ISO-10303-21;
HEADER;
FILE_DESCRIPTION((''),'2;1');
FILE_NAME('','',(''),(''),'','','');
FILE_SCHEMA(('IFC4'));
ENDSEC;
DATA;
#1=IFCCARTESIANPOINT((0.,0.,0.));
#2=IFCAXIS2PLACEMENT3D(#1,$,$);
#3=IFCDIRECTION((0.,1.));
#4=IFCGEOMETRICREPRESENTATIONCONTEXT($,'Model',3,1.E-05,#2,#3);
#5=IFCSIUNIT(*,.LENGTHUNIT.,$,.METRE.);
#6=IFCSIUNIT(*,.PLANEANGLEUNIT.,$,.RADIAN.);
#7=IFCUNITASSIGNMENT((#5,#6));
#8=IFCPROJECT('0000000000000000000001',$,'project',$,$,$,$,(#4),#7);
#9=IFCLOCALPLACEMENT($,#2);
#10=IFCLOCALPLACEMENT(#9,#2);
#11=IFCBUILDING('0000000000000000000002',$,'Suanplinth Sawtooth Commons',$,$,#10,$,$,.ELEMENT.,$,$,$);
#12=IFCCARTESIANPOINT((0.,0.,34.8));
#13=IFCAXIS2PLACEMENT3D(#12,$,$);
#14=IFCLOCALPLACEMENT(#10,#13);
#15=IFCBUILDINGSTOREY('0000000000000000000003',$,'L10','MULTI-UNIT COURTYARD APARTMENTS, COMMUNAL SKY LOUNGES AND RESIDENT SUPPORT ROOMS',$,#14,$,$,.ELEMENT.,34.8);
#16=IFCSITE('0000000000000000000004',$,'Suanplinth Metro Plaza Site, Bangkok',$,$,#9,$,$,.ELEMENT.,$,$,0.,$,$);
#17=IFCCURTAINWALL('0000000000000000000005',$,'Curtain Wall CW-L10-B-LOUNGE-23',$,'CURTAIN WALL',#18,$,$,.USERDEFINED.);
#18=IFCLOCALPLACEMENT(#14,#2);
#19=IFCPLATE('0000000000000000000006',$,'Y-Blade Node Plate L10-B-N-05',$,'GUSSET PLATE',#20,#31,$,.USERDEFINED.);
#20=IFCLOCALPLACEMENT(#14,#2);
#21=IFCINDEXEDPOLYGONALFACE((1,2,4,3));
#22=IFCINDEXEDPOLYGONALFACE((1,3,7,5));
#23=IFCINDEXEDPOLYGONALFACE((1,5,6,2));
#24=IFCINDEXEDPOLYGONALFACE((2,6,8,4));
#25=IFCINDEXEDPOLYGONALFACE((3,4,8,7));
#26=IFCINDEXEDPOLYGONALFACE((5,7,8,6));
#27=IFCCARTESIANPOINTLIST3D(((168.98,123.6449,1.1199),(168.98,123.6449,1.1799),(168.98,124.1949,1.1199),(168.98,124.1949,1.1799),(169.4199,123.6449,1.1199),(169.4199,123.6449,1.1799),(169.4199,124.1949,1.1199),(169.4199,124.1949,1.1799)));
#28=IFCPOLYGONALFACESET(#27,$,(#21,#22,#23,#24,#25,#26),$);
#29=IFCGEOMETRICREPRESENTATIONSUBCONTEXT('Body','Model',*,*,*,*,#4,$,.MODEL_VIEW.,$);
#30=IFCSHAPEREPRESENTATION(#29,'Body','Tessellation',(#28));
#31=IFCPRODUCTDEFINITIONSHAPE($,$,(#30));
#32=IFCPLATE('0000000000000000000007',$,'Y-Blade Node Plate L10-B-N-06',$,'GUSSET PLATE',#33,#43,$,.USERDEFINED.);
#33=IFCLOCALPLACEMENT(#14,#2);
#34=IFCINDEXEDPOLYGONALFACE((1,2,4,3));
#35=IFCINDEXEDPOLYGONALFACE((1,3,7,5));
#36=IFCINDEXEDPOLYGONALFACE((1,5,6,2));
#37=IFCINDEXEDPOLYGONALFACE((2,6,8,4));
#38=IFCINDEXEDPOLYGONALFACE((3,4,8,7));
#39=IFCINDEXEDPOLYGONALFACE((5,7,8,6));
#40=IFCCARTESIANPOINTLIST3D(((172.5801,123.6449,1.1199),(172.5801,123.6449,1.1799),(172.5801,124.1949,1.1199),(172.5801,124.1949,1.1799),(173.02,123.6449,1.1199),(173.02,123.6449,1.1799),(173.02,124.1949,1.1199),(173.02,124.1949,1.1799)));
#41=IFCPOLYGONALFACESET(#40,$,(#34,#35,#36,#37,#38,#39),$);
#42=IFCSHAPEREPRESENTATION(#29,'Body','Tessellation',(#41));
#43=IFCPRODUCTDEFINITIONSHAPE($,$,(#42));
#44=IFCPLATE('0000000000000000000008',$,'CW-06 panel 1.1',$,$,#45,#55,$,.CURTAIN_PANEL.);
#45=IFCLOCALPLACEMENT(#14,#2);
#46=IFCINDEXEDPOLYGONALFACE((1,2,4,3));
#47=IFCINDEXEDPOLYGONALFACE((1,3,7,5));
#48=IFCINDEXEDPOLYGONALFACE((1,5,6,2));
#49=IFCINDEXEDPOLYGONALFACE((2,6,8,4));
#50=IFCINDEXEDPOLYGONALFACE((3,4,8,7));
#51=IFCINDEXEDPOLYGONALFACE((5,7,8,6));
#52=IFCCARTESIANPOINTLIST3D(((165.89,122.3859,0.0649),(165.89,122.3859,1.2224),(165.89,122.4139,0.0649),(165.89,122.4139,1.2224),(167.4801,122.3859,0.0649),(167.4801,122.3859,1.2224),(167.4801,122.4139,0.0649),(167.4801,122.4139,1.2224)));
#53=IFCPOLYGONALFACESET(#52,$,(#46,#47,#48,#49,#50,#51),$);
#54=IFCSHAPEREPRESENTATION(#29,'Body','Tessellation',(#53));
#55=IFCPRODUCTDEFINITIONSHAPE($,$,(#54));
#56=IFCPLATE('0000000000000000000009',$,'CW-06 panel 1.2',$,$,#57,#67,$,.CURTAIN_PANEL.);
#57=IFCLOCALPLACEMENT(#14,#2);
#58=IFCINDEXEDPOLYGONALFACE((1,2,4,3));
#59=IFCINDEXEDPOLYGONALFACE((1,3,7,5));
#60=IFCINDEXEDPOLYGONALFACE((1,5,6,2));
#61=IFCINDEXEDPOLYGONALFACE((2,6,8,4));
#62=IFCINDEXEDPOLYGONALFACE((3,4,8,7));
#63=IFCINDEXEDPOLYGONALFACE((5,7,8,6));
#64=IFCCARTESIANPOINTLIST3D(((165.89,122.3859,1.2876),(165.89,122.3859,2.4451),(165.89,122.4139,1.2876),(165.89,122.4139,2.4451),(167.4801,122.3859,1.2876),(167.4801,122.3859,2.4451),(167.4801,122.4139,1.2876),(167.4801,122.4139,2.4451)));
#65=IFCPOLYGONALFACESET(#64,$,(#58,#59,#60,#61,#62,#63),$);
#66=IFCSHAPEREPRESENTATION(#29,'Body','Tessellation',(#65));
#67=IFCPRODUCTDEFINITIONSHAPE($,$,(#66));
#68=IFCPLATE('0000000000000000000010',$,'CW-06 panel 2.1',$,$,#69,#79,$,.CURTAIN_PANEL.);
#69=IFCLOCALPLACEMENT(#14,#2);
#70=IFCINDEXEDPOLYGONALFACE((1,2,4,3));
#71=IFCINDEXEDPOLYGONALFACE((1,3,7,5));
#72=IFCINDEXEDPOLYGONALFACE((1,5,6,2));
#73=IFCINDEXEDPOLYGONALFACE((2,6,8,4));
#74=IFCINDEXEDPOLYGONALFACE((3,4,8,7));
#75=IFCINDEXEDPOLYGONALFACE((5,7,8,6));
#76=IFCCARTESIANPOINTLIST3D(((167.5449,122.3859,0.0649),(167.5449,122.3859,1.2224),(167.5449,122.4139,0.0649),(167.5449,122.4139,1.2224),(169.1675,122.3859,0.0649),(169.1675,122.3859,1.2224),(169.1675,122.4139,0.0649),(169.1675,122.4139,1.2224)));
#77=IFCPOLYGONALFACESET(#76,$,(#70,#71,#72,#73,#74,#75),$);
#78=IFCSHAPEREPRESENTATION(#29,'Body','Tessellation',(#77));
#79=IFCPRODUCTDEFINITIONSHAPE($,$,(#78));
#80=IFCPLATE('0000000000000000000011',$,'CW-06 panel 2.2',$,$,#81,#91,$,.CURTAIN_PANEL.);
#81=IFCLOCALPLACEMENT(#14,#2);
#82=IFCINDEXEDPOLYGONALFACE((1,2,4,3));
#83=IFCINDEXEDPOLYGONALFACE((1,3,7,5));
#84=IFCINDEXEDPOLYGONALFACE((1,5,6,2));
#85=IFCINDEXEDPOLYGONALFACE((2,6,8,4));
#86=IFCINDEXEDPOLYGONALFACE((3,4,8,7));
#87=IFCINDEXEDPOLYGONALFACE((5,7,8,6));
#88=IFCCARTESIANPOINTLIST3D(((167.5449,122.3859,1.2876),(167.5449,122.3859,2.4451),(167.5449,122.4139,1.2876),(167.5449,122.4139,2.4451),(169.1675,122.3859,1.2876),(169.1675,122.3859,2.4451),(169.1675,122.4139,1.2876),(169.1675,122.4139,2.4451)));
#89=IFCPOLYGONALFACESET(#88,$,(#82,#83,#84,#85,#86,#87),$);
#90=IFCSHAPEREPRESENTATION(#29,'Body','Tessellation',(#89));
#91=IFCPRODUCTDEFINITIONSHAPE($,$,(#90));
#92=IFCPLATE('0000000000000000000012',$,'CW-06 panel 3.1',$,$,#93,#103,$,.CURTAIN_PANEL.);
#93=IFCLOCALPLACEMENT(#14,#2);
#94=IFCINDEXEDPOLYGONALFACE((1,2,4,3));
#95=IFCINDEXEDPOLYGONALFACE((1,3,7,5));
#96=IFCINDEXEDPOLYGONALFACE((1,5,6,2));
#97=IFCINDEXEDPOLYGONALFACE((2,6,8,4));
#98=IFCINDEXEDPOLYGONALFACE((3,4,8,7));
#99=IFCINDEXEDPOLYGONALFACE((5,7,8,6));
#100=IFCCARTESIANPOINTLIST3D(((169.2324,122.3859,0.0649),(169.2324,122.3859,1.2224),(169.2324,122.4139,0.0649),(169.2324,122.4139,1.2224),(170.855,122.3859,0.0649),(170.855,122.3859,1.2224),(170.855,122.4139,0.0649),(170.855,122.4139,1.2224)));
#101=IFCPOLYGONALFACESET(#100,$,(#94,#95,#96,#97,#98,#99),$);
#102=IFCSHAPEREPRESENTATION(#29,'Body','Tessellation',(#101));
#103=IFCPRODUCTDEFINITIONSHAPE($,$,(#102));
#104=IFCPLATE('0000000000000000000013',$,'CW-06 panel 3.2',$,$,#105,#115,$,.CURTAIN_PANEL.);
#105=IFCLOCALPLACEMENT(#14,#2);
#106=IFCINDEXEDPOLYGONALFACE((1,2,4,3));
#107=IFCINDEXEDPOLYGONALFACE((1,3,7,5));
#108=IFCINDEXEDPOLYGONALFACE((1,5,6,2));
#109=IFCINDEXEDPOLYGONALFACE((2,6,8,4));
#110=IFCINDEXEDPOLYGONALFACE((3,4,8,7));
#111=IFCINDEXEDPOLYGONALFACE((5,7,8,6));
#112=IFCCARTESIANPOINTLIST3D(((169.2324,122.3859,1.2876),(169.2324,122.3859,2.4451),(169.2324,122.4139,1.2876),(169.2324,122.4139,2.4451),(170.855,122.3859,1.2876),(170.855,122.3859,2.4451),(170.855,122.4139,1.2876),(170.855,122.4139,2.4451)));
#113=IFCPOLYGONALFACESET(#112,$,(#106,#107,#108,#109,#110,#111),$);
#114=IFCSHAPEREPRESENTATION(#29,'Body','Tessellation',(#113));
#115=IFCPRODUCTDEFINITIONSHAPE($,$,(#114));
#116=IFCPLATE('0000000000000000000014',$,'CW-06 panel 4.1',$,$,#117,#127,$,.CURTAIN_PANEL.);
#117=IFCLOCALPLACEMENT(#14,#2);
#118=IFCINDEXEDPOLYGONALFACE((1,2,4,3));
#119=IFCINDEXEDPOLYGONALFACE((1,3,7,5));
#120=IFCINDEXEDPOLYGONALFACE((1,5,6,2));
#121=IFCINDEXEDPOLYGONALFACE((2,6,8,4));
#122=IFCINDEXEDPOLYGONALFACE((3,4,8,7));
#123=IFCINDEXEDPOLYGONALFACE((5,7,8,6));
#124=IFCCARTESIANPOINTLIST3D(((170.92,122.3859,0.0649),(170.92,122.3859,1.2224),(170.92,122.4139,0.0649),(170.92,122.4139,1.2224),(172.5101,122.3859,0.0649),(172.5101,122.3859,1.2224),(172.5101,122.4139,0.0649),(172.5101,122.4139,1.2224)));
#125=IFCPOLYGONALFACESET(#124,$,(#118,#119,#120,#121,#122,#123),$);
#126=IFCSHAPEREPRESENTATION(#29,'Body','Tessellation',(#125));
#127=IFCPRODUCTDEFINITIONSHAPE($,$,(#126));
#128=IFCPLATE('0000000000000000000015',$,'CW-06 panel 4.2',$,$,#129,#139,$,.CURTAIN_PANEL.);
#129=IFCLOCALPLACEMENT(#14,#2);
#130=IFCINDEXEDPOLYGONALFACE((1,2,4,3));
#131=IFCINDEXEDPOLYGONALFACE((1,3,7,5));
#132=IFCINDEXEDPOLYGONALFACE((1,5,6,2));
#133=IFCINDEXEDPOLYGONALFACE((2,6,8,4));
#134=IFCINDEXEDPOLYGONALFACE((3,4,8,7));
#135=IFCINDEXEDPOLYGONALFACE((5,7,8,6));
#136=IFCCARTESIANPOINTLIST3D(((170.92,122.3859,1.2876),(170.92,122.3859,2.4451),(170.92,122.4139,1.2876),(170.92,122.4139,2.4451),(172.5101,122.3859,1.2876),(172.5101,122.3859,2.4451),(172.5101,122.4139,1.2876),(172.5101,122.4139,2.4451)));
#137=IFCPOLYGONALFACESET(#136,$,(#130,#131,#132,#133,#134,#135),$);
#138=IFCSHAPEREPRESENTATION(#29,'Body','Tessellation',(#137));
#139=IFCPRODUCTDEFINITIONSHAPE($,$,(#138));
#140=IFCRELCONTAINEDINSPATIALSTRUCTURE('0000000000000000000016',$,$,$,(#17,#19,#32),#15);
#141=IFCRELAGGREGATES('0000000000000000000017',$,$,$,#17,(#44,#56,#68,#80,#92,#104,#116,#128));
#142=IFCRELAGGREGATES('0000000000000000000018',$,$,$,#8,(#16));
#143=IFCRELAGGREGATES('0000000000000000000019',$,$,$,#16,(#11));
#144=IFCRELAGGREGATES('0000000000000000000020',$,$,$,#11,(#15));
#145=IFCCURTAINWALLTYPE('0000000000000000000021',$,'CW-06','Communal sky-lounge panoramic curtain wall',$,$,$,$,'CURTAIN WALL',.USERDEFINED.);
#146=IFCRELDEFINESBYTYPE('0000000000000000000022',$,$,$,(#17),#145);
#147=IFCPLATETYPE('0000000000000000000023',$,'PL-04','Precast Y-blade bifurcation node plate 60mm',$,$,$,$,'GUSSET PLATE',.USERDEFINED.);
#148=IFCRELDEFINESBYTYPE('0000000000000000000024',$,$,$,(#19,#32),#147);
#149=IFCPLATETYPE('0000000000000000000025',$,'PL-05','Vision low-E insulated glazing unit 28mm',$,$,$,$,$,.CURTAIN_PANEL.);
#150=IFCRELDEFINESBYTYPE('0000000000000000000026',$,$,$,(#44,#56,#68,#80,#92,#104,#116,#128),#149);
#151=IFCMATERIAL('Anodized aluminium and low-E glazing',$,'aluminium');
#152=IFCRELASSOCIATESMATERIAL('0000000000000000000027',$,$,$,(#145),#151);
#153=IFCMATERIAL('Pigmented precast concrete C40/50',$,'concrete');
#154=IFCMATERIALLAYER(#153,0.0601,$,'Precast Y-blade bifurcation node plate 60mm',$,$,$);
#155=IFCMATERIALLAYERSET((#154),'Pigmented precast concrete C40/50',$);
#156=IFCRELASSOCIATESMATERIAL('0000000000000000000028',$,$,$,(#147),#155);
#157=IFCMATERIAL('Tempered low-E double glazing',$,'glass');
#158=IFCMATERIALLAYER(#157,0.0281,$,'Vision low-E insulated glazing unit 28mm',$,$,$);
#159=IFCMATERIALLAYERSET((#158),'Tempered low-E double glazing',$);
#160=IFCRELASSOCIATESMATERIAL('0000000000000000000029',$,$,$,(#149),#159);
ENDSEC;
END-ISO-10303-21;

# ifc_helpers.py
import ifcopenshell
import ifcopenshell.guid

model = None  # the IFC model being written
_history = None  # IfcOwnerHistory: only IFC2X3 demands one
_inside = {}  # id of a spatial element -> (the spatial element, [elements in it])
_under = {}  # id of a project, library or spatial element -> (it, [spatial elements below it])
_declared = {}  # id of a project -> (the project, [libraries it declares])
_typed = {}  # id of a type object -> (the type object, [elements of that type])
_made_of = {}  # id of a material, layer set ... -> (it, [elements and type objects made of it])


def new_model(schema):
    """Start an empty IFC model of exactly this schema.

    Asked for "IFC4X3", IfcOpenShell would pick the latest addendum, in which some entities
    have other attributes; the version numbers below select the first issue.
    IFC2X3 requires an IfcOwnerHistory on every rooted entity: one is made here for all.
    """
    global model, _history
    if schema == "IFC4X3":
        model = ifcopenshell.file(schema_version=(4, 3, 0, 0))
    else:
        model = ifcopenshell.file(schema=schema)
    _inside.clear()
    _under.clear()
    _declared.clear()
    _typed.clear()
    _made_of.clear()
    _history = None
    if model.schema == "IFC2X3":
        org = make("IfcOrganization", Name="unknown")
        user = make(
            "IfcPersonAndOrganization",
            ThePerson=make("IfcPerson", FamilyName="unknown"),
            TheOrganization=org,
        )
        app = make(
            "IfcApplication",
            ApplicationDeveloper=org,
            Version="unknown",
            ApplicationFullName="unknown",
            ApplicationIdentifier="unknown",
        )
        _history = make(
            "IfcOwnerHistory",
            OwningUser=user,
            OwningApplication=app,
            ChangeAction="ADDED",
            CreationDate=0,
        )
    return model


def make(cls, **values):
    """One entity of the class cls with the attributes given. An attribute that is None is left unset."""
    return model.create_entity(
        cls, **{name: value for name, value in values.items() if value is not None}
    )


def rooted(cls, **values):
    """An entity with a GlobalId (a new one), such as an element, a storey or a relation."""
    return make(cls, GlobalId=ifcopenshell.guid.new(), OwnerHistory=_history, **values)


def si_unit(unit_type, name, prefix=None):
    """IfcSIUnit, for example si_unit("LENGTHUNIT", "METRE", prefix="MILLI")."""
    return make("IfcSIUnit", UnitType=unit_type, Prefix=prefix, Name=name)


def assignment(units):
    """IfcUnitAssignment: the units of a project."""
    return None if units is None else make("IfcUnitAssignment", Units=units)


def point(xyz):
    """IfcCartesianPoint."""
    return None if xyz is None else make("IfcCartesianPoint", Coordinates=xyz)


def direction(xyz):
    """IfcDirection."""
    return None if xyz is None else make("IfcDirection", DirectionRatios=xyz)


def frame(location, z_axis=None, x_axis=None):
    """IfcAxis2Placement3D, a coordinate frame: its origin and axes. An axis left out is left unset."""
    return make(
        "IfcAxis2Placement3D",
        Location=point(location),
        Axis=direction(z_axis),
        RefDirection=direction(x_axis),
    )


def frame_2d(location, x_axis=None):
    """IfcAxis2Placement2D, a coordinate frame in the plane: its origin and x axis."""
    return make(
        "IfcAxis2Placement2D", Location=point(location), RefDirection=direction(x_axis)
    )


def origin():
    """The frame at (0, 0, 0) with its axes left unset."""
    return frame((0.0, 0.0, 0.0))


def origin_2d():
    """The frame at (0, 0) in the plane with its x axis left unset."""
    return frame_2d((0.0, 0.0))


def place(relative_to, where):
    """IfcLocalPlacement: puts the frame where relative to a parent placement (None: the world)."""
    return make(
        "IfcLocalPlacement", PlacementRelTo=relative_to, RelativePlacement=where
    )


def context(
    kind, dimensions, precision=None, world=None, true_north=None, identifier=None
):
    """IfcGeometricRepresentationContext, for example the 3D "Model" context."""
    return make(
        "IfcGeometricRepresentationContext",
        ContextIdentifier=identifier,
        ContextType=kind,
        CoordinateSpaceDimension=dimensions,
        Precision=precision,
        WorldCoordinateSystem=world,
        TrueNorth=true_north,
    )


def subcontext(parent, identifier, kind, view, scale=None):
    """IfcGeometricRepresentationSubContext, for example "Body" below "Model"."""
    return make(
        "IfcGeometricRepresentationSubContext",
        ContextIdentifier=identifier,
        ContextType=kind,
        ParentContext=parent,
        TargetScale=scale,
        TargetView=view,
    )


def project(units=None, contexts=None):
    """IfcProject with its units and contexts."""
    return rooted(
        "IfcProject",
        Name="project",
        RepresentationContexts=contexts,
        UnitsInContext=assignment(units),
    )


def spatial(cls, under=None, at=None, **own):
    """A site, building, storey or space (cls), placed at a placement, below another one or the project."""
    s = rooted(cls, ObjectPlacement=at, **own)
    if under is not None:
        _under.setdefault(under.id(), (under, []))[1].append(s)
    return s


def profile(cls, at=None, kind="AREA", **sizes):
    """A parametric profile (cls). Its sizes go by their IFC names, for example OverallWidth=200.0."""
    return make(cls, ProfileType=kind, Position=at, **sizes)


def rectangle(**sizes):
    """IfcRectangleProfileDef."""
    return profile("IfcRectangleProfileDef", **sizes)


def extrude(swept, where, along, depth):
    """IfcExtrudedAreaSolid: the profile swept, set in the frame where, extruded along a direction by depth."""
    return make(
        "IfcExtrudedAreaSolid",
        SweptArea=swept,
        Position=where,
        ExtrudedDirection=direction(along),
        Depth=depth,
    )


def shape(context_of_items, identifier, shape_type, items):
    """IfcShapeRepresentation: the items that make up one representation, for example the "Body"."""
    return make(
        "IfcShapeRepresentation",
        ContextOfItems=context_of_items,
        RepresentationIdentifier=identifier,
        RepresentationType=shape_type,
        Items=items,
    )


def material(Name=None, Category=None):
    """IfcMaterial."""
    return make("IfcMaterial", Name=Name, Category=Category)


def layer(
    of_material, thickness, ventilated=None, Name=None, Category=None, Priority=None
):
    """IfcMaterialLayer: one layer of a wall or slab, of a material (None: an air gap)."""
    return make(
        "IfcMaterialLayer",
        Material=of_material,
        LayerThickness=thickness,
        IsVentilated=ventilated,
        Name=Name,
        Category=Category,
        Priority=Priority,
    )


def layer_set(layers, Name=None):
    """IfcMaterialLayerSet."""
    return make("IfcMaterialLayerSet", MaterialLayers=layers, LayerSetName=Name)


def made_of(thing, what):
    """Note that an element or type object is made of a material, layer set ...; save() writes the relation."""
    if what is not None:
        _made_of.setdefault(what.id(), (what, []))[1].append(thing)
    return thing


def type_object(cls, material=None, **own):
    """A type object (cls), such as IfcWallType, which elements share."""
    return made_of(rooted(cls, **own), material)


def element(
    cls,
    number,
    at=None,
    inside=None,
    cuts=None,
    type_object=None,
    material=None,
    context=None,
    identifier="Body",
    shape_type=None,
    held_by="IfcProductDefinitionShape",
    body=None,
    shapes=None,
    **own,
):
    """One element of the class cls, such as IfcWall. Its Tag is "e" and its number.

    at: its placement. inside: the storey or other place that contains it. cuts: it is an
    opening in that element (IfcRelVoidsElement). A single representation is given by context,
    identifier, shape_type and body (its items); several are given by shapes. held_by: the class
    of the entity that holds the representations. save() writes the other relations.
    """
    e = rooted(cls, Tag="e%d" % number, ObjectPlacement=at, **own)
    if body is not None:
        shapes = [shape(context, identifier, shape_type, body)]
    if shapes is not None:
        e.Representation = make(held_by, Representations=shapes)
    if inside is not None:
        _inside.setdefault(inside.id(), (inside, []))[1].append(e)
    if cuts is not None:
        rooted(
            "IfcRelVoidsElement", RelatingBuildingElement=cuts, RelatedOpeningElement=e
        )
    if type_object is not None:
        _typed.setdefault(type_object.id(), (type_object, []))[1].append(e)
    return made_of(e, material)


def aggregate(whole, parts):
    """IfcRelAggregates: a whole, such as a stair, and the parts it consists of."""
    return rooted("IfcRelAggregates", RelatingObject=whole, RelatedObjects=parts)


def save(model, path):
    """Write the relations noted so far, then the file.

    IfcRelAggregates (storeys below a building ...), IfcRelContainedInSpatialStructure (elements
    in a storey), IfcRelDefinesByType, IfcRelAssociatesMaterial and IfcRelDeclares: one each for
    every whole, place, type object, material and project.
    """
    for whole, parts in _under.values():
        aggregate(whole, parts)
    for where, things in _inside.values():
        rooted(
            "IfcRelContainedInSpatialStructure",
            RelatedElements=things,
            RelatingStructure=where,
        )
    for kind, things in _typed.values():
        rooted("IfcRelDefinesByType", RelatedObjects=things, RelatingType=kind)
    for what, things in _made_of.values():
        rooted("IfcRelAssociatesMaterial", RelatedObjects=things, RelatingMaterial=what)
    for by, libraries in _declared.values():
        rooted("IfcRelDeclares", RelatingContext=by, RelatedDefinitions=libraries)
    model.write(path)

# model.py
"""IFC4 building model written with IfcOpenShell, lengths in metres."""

from ifc_helpers import new_model, si_unit, direction, frame, origin, origin_2d, place, context, subcontext, project, spatial, rectangle, extrude, material, layer, layer_set, type_object, element, aggregate, save


model = new_model("IFC4")

# Units and contexts
model_context = context("Model", 3, precision=1e-05, world=origin(), true_north=direction((0.0, 1.0)))
body_context = subcontext(model_context, "Body", "Model", "MODEL_VIEW")
ifc_project = project(units=[si_unit("LENGTHUNIT", "METRE"), si_unit("PLANEANGLEUNIT", "RADIAN")], contexts=[model_context])

# Site, building, storey
site_placement = place(None, origin())
site = spatial("IfcSite", under=ifc_project, at=site_placement, Name="Suanplinth Metro Plaza Site, Bangkok", CompositionType="ELEMENT", RefElevation=0.0)
building_placement = place(site_placement, origin())
building = spatial("IfcBuilding", under=site, at=building_placement, Name="Suanplinth Sawtooth Commons", CompositionType="ELEMENT")
storey_placement = place(building_placement, frame((0.0, 0.0, 34.8)))
storey = spatial("IfcBuildingStorey", under=building, at=storey_placement, Name="L10", Description="MULTI-UNIT COURTYARD APARTMENTS, COMMUNAL SKY LOUNGES AND RESIDENT SUPPORT ROOMS", CompositionType="ELEMENT", Elevation=34.8)

# Shared definitions
ifc_material_1 = material(Name="Pigmented precast concrete C40/50", Category="concrete")

# Curtain wall
ifc_material_2 = material(Name="Anodized aluminium and low-E glazing", Category="aluminium")
curtain_wall_type = type_object("IfcCurtainWallType", Name="CW-06", Description="Communal sky-lounge panoramic curtain wall", ElementType="CURTAIN WALL", PredefinedType="USERDEFINED", material=ifc_material_2)
curtain_wall_placement = place(storey_placement, origin())
curtain_wall = element("IfcCurtainWall", 1, at=curtain_wall_placement, inside=storey, type_object=curtain_wall_type, Name="Curtain Wall CW-L10-B-LOUNGE-23", ObjectType="CURTAIN WALL", PredefinedType="USERDEFINED")

# Plates
ifc_layer_1 = layer(ifc_material_1, 0.0601, Name="Precast Y-blade bifurcation node plate 60mm")
ifc_layer_set_1 = layer_set([ifc_layer_1], Name="Pigmented precast concrete C40/50")
plate_type_1 = type_object("IfcPlateType", Name="PL-04", Description="Precast Y-blade bifurcation node plate 60mm", ElementType="GUSSET PLATE", PredefinedType="USERDEFINED", material=ifc_layer_set_1)
for number, where, z_axis, x_axis, name in (
    (2, (169.2, 123.9199, 1.1199), (0.0, 0.0, 1.0), (1.0, 0.0, 0.0), "Y-Blade Node Plate L10-B-N-05"),
    (3, (172.8, 123.9199, 1.1199), (0.0, 0.0, 1.0), (1.0, 0.0, 0.0), "Y-Blade Node Plate L10-B-N-06"),
):
    element("IfcPlate", number, at=place(storey_placement, frame(where, z_axis=z_axis, x_axis=x_axis)), inside=storey, type_object=plate_type_1, Name=name, ObjectType="GUSSET PLATE", PredefinedType="USERDEFINED", context=body_context, shape_type="SweptSolid", body=[
        extrude(rectangle(XDim=0.4399, YDim=0.55, at=origin_2d()), origin(), (0.0, 0.0, 1.0), 0.0601),
    ])

# Plates
ifc_material_3 = material(Name="Tempered low-E double glazing", Category="glass")
ifc_layer_2 = layer(ifc_material_3, 0.0281, Name="Vision low-E insulated glazing unit 28mm")
ifc_layer_set_2 = layer_set([ifc_layer_2], Name="Tempered low-E double glazing")
plate_type_2 = type_object("IfcPlateType", Name="PL-05", Description="Vision low-E insulated glazing unit 28mm", PredefinedType="CURTAIN_PANEL", material=ifc_layer_set_2)
plate_1_placement = place(storey_placement, frame((166.6851, 122.3999, 0.0649), z_axis=(0.0, 0.0, 1.0), x_axis=(1.0, 0.0, 0.0)))
plate_1 = element("IfcPlate", 4, at=plate_1_placement, type_object=plate_type_2, Name="CW-06 panel 1.1", PredefinedType="CURTAIN_PANEL", context=body_context, shape_type="SweptSolid", body=[
    extrude(rectangle(XDim=1.5901, YDim=0.0281, at=origin_2d()), origin(), (0.0, 0.0, 1.0), 1.1575),
])
plate_2_placement = place(storey_placement, frame((166.6851, 122.3999, 1.2876), z_axis=(0.0, 0.0, 1.0), x_axis=(1.0, 0.0, 0.0)))
plate_2 = element("IfcPlate", 5, at=plate_2_placement, type_object=plate_type_2, Name="CW-06 panel 1.2", PredefinedType="CURTAIN_PANEL", context=body_context, shape_type="SweptSolid", body=[
    extrude(rectangle(XDim=1.5901, YDim=0.0281, at=origin_2d()), origin(), (0.0, 0.0, 1.0), 1.1575),
])
plate_3_placement = place(storey_placement, frame((168.3562, 122.3999, 0.0649), z_axis=(0.0, 0.0, 1.0), x_axis=(1.0, 0.0, 0.0)))
plate_3 = element("IfcPlate", 6, at=plate_3_placement, type_object=plate_type_2, Name="CW-06 panel 2.1", PredefinedType="CURTAIN_PANEL", context=body_context, shape_type="SweptSolid", body=[
    extrude(rectangle(XDim=1.6226, YDim=0.0281, at=origin_2d()), origin(), (0.0, 0.0, 1.0), 1.1575),
])
plate_4_placement = place(storey_placement, frame((168.3562, 122.3999, 1.2876), z_axis=(0.0, 0.0, 1.0), x_axis=(1.0, 0.0, 0.0)))
plate_4 = element("IfcPlate", 7, at=plate_4_placement, type_object=plate_type_2, Name="CW-06 panel 2.2", PredefinedType="CURTAIN_PANEL", context=body_context, shape_type="SweptSolid", body=[
    extrude(rectangle(XDim=1.6226, YDim=0.0281, at=origin_2d()), origin(), (0.0, 0.0, 1.0), 1.1575),
])
plate_5_placement = place(storey_placement, frame((170.0437, 122.3999, 0.0649), z_axis=(0.0, 0.0, 1.0), x_axis=(1.0, 0.0, 0.0)))
plate_5 = element("IfcPlate", 8, at=plate_5_placement, type_object=plate_type_2, Name="CW-06 panel 3.1", PredefinedType="CURTAIN_PANEL", context=body_context, shape_type="SweptSolid", body=[
    extrude(rectangle(XDim=1.6226, YDim=0.0281, at=origin_2d()), origin(), (0.0, 0.0, 1.0), 1.1575),
])
plate_6_placement = place(storey_placement, frame((170.0437, 122.3999, 1.2876), z_axis=(0.0, 0.0, 1.0), x_axis=(1.0, 0.0, 0.0)))
plate_6 = element("IfcPlate", 9, at=plate_6_placement, type_object=plate_type_2, Name="CW-06 panel 3.2", PredefinedType="CURTAIN_PANEL", context=body_context, shape_type="SweptSolid", body=[
    extrude(rectangle(XDim=1.6226, YDim=0.0281, at=origin_2d()), origin(), (0.0, 0.0, 1.0), 1.1575),
])
plate_7_placement = place(storey_placement, frame((171.7151, 122.3999, 0.0649), z_axis=(0.0, 0.0, 1.0), x_axis=(1.0, 0.0, 0.0)))
plate_7 = element("IfcPlate", 10, at=plate_7_placement, type_object=plate_type_2, Name="CW-06 panel 4.1", PredefinedType="CURTAIN_PANEL", context=body_context, shape_type="SweptSolid", body=[
    extrude(rectangle(XDim=1.5901, YDim=0.0281, at=origin_2d()), origin(), (0.0, 0.0, 1.0), 1.1575),
])
plate_8_placement = place(storey_placement, frame((171.7151, 122.3999, 1.2876), z_axis=(0.0, 0.0, 1.0), x_axis=(1.0, 0.0, 0.0)))
plate_8 = element("IfcPlate", 11, at=plate_8_placement, type_object=plate_type_2, Name="CW-06 panel 4.2", PredefinedType="CURTAIN_PANEL", context=body_context, shape_type="SweptSolid", body=[
    extrude(rectangle(XDim=1.5901, YDim=0.0281, at=origin_2d()), origin(), (0.0, 0.0, 1.0), 1.1575),
])
aggregate(curtain_wall, [plate_1, plate_2, plate_3, plate_4, plate_5, plate_6, plate_7, plate_8])

save(model, "model.ifc")
